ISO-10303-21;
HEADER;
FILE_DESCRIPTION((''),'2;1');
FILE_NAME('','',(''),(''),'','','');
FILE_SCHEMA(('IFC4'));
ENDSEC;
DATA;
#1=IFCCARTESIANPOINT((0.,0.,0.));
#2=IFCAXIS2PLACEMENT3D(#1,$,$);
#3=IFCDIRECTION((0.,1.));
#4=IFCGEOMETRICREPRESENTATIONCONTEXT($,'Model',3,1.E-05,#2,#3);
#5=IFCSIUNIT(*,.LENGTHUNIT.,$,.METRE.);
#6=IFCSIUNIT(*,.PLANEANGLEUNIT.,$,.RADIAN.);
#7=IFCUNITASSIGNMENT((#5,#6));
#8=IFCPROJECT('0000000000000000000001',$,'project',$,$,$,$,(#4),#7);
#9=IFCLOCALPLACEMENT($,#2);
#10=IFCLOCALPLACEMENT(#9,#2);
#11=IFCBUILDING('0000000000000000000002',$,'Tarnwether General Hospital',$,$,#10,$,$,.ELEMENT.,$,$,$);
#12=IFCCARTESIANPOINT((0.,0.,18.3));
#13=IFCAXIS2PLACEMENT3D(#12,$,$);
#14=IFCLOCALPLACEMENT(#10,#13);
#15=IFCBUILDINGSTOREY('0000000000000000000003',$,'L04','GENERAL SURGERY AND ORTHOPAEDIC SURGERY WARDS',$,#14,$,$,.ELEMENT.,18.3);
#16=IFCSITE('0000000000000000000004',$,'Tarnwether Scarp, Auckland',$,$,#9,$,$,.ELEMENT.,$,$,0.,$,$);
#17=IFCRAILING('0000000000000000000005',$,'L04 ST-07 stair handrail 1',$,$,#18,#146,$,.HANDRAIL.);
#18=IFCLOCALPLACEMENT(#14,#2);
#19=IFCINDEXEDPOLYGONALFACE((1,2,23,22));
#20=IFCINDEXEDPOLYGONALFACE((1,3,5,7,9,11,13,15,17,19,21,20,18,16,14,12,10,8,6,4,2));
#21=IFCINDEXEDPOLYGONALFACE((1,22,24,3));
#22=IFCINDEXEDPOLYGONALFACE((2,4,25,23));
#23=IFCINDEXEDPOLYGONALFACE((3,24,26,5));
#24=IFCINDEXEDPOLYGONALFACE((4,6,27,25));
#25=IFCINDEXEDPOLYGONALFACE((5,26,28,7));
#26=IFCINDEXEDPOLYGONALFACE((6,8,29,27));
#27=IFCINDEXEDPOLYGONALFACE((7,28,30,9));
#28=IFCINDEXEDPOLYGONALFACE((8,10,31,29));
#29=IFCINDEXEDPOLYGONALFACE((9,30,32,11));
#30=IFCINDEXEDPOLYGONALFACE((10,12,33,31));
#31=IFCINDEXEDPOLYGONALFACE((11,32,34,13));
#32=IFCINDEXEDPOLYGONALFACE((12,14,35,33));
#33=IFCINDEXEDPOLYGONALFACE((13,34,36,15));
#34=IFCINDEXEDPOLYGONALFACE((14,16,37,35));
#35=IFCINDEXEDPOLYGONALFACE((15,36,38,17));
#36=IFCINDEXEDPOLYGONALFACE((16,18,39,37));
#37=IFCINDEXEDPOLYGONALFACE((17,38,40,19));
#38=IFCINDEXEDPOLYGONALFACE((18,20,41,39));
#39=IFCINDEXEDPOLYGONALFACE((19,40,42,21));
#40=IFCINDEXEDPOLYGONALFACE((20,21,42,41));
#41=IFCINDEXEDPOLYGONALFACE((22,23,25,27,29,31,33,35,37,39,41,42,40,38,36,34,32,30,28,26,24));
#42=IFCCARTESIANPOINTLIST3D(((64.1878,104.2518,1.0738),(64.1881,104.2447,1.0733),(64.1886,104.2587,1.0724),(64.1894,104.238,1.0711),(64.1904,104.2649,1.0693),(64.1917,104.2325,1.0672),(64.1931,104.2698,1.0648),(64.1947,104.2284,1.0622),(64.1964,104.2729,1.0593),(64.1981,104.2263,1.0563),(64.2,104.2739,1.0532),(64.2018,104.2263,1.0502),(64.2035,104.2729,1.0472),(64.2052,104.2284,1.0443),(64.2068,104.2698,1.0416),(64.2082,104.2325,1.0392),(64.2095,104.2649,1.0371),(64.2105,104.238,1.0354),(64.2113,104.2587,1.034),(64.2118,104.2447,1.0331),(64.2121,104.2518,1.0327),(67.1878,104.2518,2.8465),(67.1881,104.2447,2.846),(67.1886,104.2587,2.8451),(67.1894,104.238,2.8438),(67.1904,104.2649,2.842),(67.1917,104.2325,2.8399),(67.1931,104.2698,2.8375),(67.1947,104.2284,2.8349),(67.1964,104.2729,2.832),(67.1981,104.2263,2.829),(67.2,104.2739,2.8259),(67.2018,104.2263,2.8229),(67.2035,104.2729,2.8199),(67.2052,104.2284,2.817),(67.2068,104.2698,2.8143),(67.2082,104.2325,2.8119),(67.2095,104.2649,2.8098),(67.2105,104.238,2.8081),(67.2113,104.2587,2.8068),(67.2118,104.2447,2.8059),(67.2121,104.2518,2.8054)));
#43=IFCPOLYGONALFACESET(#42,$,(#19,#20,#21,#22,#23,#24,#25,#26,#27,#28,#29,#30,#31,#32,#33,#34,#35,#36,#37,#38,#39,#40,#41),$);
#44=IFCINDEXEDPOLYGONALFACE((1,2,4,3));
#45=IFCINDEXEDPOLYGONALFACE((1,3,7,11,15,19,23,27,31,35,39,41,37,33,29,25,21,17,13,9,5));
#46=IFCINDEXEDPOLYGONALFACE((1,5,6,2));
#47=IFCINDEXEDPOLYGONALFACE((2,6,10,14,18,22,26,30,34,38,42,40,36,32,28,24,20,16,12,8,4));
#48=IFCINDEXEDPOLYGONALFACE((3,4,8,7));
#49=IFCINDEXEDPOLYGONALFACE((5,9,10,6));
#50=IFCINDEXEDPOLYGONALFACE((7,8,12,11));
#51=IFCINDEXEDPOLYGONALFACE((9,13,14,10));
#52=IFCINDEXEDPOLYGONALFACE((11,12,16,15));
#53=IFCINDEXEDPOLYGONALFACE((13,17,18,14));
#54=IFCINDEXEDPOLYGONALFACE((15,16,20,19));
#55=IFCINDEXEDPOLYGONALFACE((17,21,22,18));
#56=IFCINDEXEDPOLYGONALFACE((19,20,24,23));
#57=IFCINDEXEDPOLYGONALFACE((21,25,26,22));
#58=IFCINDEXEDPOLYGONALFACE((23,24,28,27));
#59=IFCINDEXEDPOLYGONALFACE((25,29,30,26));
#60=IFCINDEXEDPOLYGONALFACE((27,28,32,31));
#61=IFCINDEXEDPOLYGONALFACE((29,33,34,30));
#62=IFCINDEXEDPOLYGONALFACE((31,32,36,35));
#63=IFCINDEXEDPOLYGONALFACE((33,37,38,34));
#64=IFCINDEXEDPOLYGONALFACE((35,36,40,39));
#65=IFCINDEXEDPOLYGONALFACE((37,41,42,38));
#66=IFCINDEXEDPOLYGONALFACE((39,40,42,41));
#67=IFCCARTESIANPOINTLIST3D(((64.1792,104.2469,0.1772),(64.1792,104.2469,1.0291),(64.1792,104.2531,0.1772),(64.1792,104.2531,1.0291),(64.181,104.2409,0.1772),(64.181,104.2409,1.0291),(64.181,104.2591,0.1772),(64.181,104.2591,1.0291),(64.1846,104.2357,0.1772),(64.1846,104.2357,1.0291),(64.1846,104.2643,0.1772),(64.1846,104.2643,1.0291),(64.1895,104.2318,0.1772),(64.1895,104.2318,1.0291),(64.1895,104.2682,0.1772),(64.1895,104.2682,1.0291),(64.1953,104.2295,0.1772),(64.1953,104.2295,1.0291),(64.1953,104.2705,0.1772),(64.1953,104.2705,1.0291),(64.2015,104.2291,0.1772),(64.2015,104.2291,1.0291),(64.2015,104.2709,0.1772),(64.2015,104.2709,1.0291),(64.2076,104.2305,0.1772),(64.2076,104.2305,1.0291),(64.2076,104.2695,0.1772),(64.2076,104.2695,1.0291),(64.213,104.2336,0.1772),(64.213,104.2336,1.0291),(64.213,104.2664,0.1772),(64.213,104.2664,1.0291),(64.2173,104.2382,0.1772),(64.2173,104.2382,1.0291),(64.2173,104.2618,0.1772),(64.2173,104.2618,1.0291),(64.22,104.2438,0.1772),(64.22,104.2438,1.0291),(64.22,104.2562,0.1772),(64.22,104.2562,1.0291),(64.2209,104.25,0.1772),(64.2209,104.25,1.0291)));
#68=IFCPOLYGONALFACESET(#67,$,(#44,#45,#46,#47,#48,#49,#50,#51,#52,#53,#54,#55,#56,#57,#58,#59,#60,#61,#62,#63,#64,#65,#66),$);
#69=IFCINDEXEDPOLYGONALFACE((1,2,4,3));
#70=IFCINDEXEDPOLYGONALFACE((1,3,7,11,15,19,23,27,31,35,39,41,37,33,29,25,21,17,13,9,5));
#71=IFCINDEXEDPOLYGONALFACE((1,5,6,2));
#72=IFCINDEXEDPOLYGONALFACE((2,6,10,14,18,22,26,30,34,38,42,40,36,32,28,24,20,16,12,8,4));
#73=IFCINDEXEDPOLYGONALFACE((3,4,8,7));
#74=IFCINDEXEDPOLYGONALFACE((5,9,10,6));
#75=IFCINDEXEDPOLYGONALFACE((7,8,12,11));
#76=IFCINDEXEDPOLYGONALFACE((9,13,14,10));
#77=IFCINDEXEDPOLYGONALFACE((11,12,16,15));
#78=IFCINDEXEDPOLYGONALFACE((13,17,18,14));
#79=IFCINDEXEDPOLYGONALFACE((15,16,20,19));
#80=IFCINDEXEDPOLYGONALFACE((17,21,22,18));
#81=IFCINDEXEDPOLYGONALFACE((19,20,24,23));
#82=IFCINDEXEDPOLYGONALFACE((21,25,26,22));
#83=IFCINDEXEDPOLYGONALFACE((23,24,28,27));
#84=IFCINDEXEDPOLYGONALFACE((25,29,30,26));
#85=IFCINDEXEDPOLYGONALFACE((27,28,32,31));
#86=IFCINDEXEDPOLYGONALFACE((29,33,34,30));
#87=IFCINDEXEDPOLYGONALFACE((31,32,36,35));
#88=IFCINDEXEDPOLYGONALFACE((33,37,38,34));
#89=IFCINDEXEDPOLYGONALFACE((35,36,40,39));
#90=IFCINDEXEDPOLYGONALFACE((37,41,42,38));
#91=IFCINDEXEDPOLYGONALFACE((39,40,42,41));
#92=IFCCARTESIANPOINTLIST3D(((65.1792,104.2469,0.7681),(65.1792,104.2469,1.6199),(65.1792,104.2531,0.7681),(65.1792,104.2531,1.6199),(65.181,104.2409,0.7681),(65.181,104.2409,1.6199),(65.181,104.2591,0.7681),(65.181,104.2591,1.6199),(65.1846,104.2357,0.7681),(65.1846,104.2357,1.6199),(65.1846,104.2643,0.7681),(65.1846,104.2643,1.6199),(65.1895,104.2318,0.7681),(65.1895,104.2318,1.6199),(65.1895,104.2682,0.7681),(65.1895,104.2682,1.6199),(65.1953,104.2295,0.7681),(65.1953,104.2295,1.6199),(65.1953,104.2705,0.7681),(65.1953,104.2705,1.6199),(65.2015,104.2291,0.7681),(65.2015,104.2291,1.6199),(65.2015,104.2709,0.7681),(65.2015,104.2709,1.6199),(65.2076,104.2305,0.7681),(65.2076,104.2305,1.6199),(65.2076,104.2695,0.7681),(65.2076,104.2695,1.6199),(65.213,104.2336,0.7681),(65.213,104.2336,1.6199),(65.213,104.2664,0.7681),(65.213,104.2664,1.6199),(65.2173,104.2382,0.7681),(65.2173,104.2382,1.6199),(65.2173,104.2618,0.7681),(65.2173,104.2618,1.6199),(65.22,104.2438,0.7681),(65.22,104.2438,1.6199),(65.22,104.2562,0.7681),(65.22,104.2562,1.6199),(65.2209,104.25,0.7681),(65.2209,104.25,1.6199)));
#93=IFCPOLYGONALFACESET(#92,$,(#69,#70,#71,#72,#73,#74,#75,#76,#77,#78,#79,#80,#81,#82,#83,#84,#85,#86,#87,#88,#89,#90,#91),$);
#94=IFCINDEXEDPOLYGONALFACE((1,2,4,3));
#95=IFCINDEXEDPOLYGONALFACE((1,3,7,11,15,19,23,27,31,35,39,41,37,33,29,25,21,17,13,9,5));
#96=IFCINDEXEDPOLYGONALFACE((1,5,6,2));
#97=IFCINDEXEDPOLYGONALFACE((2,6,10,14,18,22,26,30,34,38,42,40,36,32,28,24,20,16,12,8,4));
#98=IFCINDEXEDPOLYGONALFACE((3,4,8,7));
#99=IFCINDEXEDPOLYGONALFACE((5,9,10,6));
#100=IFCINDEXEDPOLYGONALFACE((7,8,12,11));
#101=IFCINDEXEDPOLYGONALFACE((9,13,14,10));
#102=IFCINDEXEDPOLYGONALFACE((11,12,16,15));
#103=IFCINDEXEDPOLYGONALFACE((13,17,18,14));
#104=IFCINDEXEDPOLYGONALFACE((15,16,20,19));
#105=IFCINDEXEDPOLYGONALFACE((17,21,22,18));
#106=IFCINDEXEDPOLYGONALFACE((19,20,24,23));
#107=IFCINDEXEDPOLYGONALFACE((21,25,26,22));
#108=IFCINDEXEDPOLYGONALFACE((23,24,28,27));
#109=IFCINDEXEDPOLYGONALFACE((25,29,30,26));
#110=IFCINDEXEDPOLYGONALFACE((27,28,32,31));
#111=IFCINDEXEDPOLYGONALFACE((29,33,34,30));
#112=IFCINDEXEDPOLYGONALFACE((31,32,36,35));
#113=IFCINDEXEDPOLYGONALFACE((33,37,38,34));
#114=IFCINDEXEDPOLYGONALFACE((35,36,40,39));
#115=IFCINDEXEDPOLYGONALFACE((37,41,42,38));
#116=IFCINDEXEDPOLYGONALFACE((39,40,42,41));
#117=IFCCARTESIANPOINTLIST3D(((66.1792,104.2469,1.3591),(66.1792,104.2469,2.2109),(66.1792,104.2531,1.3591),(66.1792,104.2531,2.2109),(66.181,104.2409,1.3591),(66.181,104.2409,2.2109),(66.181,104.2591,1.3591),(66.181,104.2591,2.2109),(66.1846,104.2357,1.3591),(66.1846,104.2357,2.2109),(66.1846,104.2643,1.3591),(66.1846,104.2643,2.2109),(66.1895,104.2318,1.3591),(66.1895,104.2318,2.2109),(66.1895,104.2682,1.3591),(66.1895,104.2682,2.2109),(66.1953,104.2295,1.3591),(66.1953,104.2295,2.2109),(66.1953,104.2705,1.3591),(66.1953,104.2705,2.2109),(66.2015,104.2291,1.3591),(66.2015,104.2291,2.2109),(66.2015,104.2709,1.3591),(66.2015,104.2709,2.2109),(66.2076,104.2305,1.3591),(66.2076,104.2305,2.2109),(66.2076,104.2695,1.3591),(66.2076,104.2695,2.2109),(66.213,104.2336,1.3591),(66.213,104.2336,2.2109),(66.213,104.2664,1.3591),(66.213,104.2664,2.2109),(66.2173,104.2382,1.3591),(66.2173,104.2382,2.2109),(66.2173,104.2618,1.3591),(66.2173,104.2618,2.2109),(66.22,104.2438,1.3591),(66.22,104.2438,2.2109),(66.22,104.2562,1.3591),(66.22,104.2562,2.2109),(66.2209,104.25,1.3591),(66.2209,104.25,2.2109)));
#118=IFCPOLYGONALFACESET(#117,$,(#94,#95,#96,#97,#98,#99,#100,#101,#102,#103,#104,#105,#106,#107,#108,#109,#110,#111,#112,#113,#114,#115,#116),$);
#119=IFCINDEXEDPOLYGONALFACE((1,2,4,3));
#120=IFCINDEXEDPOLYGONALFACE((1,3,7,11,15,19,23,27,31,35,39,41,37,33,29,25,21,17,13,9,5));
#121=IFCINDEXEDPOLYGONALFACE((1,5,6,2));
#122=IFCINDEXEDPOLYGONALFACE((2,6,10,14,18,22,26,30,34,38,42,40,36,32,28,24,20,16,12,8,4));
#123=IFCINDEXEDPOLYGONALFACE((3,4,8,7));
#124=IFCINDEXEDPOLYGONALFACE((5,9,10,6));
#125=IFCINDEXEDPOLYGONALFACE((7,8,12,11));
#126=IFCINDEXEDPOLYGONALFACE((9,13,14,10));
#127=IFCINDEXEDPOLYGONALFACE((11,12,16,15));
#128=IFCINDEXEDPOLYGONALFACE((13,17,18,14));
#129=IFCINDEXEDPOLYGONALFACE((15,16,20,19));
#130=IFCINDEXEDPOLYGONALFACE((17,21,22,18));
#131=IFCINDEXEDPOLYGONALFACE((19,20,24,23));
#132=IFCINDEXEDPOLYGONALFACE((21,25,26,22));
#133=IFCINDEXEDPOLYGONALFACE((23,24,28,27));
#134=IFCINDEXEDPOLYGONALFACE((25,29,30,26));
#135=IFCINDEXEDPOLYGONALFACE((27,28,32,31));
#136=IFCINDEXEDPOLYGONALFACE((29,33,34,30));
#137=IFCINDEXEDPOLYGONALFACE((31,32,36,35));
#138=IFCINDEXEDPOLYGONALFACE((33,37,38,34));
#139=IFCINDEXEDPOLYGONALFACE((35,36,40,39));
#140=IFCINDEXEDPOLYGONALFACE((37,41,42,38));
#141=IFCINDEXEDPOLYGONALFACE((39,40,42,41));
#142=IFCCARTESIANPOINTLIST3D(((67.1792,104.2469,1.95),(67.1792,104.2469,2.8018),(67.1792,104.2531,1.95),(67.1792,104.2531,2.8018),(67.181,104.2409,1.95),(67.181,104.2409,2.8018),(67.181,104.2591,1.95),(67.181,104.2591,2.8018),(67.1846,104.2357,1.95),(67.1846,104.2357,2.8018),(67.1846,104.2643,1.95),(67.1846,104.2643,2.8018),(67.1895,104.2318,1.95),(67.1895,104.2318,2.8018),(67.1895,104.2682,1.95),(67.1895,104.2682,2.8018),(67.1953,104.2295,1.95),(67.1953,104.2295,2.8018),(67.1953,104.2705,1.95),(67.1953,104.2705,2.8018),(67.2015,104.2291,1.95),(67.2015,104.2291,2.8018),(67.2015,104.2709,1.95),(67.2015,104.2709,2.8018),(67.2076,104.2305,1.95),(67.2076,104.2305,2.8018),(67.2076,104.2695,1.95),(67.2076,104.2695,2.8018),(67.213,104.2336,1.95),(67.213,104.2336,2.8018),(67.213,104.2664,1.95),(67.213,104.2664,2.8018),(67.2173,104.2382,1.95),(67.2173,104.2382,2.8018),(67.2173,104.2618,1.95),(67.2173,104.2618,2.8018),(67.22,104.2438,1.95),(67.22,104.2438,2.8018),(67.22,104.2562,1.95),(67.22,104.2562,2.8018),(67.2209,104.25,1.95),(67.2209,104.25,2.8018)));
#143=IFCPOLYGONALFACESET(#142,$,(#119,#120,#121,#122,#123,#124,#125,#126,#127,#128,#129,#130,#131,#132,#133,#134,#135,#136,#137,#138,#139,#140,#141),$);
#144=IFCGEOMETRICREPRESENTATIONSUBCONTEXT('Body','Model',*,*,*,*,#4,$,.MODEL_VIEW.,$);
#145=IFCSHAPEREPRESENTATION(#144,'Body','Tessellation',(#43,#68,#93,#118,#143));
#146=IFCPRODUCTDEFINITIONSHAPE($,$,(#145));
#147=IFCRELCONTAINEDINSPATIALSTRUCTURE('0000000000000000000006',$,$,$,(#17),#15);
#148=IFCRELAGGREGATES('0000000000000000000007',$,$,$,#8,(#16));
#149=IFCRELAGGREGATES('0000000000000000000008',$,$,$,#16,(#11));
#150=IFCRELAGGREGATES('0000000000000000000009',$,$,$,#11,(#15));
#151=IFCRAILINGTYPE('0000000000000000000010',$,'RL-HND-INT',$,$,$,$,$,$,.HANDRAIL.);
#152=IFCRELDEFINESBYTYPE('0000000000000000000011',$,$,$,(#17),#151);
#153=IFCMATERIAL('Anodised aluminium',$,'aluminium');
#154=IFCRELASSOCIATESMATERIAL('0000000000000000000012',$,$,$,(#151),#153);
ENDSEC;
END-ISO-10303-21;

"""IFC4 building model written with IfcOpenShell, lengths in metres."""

from ifc_helpers import new_model, si_unit, direction, frame, origin, origin_2d, place, context, subcontext, project, spatial, circle, extrude, material, type_object, element, save


model = new_model("IFC4")

# Units and contexts
model_context = context("Model", 3, precision=1e-05, world=origin(), true_north=direction((0.0, 1.0)))
body_context = subcontext(model_context, "Body", "Model", "MODEL_VIEW")
ifc_project = project(units=[si_unit("LENGTHUNIT", "METRE"), si_unit("PLANEANGLEUNIT", "RADIAN")], contexts=[model_context])

# Site, building, storey
site_placement = place(None, origin())
site = spatial("IfcSite", under=ifc_project, at=site_placement, Name="Tarnwether Scarp, Auckland", CompositionType="ELEMENT", RefElevation=0.0)
building_placement = place(site_placement, origin())
building = spatial("IfcBuilding", under=site, at=building_placement, Name="Tarnwether General Hospital", CompositionType="ELEMENT")
storey_placement = place(building_placement, frame((0.0, 0.0, 18.3)))
storey = spatial("IfcBuildingStorey", under=building, at=storey_placement, Name="L04", Description="GENERAL SURGERY AND ORTHOPAEDIC SURGERY WARDS", CompositionType="ELEMENT", Elevation=18.3)

# Railing
ifc_material_1 = material(Name="Anodised aluminium", Category="aluminium")
railing_type_1 = type_object("IfcRailingType", Name="RL-HND-INT", PredefinedType="HANDRAIL", material=ifc_material_1)
railing_1_placement = place(storey_placement, frame((64.2, 104.25, 0.1772)))
element("IfcRailing", 1, at=railing_1_placement, inside=storey, type_object=railing_type_1, Name="L04 ST-07 stair handrail 1", PredefinedType="HANDRAIL", context=body_context, shape_type="SweptSolid", body=[
    extrude(circle(Radius=0.0239, at=origin_2d()), frame((0.0, 0.0, 0.876), z_axis=(0.860929, 0.0, 0.508725), x_axis=(0.0, 1.0, 0.0)), (0.0, 0.0, 1.0), 3.4846),
    extrude(circle(Radius=0.021, at=origin_2d()), origin(), (0.0, 0.0, 1.0), 0.8518),
    extrude(circle(Radius=0.021, at=origin_2d()), frame((1.0, 0.0, 0.5908)), (0.0, 0.0, 1.0), 0.8518),
    extrude(circle(Radius=0.021, at=origin_2d()), frame((2.0, 0.0, 1.1819)), (0.0, 0.0, 1.0), 0.8518),
    extrude(circle(Radius=0.021, at=origin_2d()), frame((3.0, 0.0, 1.7727)), (0.0, 0.0, 1.0), 0.8518),
])

save(model, "model.ifc")
